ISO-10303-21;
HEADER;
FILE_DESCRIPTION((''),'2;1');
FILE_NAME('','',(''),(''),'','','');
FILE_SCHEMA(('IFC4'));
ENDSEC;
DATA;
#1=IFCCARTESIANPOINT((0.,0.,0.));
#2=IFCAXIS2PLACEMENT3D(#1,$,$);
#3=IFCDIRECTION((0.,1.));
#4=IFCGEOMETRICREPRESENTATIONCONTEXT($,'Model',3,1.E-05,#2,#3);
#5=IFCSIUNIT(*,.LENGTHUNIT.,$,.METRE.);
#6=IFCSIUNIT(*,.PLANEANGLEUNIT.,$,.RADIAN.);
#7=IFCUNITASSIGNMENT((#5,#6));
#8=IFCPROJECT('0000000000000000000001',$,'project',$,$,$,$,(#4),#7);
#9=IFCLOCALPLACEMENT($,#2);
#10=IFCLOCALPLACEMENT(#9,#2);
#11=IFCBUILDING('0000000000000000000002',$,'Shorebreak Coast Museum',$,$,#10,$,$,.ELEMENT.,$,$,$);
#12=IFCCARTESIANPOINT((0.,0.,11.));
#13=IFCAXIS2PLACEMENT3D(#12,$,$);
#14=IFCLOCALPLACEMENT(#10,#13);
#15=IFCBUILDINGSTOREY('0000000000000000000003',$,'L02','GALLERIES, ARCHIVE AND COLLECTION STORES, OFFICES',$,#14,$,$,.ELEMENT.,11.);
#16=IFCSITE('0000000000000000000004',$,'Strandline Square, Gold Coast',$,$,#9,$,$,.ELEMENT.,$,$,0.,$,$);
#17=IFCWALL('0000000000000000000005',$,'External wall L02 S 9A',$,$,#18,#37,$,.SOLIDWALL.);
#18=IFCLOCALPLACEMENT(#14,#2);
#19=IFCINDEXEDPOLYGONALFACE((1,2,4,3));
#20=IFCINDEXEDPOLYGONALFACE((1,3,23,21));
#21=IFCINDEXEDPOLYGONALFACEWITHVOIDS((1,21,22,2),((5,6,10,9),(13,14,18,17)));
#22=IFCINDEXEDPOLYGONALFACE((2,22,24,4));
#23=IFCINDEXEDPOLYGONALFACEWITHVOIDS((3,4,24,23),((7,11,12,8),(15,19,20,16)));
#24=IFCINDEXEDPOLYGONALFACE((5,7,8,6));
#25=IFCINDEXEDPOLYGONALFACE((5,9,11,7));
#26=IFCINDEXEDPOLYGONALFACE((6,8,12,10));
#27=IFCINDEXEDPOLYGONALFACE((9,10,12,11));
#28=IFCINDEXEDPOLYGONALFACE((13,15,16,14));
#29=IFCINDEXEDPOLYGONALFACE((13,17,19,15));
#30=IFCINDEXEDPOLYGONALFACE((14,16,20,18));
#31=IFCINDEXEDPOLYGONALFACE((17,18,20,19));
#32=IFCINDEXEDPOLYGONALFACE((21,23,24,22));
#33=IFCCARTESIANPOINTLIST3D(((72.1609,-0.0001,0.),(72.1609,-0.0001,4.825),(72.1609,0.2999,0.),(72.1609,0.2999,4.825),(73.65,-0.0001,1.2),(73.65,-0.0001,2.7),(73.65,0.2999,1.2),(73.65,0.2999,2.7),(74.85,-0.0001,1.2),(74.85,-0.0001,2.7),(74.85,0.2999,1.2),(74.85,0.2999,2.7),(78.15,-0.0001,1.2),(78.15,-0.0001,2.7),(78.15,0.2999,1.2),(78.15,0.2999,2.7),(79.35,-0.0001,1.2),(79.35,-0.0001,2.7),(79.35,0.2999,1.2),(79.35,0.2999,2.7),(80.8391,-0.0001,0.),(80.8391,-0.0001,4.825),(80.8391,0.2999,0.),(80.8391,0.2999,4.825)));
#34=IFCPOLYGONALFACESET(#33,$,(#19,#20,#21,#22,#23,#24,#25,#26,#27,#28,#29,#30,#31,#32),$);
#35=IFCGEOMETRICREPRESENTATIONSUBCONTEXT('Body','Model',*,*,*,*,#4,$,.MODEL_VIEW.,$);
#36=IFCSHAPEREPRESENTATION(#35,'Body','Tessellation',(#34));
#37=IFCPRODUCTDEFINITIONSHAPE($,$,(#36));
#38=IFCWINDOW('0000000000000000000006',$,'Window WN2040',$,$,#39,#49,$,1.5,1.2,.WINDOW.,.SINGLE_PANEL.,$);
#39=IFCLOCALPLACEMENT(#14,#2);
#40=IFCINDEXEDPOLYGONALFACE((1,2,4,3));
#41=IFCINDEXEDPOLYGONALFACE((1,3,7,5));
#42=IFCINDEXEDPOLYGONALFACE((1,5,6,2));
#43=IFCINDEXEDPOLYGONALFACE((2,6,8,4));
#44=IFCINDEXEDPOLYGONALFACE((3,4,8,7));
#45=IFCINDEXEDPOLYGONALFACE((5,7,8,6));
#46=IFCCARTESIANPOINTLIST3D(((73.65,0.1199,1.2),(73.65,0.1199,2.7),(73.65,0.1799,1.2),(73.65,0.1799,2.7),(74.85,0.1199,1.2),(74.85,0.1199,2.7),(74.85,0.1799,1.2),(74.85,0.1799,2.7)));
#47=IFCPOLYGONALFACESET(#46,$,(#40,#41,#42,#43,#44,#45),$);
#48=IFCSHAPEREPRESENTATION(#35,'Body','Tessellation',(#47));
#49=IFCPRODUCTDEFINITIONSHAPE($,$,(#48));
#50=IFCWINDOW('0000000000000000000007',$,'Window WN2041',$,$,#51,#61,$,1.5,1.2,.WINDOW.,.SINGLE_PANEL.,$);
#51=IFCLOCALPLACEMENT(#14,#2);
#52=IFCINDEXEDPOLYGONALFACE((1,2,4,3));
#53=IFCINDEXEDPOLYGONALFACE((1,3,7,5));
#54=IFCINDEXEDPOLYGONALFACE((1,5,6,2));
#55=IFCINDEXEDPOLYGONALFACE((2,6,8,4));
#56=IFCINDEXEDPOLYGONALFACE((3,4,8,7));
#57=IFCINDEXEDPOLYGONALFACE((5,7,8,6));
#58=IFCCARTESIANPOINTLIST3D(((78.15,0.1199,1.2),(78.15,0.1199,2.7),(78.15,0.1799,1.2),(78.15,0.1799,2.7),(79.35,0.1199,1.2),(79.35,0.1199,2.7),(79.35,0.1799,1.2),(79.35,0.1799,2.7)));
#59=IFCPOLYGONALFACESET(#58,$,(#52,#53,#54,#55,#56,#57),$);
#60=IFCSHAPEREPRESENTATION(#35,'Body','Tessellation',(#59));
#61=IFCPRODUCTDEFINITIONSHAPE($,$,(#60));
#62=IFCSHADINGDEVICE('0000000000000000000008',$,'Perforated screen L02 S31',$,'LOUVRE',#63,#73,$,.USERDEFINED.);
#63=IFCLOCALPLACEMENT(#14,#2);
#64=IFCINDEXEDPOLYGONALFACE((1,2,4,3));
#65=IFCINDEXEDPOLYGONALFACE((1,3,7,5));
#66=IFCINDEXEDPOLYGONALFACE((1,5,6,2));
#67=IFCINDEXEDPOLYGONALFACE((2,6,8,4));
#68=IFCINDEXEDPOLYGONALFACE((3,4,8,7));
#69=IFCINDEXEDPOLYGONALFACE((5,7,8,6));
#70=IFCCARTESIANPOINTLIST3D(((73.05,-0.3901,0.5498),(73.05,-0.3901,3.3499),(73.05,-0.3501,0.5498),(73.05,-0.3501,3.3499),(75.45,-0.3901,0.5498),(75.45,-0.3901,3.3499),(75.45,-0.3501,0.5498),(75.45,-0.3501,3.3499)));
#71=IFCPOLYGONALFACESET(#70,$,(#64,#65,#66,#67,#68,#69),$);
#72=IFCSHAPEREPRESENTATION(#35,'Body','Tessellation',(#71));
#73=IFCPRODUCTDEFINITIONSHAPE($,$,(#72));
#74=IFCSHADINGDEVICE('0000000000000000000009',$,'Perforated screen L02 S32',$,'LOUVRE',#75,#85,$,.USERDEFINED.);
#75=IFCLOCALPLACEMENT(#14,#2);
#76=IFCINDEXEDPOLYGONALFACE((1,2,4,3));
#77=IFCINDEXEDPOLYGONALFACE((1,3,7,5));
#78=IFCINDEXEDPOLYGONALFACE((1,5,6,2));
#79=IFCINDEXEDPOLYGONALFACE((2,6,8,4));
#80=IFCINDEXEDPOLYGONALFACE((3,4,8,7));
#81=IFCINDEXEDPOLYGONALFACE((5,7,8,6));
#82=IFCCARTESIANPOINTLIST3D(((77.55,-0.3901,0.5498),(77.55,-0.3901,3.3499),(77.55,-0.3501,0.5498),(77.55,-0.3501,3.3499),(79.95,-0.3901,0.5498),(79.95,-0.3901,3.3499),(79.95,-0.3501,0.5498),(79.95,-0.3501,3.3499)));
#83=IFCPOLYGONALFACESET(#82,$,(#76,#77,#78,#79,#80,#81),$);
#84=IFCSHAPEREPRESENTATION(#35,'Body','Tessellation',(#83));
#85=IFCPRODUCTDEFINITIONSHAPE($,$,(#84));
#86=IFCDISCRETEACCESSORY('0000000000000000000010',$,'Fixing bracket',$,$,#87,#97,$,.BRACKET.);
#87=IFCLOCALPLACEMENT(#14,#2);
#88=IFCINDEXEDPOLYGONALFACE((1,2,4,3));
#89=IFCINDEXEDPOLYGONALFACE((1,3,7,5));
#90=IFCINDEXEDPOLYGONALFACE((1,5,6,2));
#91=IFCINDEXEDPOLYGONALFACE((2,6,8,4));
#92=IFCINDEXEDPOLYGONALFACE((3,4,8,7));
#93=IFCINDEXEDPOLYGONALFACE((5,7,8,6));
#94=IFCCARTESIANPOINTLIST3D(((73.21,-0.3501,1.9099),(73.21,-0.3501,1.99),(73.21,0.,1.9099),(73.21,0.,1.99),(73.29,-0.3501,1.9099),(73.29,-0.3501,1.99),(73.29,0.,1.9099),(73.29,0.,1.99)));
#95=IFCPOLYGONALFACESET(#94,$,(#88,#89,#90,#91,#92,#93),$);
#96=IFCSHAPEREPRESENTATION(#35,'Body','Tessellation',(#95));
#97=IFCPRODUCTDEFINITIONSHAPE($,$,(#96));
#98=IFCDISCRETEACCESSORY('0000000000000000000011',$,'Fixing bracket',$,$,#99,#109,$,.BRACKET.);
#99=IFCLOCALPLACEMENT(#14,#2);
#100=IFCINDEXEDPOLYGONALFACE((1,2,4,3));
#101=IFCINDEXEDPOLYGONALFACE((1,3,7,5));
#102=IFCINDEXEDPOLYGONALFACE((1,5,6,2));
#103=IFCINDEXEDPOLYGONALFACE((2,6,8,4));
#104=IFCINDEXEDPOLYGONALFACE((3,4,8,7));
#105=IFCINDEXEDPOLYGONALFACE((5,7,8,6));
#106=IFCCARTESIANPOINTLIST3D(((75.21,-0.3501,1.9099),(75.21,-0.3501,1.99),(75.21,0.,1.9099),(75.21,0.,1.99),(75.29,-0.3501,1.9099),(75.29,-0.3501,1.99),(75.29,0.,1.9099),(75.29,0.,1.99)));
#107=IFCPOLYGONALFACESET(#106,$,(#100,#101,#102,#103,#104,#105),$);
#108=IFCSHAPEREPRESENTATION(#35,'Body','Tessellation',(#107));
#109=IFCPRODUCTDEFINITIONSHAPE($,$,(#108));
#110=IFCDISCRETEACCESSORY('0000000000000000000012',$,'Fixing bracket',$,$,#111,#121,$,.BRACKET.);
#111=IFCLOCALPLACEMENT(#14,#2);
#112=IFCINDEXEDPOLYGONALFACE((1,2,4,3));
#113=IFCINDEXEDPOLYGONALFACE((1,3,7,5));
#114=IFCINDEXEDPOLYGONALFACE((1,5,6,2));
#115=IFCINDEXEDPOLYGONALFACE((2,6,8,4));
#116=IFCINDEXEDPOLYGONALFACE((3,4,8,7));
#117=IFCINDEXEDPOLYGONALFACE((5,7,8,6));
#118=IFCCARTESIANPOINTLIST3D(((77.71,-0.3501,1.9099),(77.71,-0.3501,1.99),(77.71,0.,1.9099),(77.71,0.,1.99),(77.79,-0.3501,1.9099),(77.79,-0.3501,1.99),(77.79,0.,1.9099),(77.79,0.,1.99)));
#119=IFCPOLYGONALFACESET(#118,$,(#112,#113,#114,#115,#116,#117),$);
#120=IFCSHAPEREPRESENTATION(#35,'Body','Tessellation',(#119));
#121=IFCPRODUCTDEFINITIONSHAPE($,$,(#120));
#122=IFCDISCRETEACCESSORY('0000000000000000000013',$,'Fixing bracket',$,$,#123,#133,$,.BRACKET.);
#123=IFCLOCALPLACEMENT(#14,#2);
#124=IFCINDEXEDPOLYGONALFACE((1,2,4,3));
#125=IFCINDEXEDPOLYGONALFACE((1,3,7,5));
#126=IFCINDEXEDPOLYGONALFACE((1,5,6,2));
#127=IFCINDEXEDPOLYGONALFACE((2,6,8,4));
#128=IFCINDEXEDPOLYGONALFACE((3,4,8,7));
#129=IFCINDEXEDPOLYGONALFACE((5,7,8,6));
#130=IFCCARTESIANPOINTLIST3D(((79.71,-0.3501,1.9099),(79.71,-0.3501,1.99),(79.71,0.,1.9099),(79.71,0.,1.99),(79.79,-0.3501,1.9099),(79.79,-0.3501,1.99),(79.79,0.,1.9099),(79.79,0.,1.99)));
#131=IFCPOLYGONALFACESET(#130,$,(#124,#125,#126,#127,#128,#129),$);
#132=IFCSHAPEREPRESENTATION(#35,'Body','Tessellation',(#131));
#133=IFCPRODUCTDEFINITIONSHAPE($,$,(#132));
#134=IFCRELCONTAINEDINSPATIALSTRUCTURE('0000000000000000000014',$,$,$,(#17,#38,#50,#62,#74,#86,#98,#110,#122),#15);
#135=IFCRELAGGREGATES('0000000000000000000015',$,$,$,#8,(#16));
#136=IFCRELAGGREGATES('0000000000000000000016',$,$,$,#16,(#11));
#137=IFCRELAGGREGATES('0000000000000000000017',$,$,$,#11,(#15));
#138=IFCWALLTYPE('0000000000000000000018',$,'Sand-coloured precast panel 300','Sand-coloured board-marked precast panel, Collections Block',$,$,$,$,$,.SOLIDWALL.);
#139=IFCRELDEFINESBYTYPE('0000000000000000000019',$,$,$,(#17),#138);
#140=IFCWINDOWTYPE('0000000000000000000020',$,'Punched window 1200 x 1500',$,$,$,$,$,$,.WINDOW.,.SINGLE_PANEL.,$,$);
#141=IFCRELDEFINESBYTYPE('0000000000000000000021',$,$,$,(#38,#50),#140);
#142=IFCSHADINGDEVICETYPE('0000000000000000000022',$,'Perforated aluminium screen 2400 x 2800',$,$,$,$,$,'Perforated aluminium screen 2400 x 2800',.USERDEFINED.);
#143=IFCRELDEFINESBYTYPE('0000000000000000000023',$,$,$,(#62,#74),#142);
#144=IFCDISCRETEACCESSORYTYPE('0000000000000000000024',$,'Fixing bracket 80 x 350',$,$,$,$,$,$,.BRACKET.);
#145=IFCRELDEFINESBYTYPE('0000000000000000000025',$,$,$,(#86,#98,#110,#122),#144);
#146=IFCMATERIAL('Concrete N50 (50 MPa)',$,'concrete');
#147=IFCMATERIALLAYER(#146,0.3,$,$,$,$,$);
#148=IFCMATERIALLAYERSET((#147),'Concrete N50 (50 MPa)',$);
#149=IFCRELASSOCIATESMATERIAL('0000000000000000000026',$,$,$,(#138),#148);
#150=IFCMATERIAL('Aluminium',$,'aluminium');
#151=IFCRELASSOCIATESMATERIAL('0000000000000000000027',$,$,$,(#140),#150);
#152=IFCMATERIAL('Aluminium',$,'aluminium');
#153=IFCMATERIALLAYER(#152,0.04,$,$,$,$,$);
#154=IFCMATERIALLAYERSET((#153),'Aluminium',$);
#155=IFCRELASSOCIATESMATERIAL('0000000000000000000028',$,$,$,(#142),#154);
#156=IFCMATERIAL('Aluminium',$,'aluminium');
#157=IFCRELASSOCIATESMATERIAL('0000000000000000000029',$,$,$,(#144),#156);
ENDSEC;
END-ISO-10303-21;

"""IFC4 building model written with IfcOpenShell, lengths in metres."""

from ifc_helpers import new_model, si_unit, direction, frame, frame_2d, origin, origin_2d, place, context, subcontext, project, spatial, rectangle, extrude, material, layer, layer_set, type_object, element, fill, save


model = new_model("IFC4")

# Units and contexts
model_context = context("Model", 3, precision=1e-05, world=origin(), true_north=direction((0.0, 1.0)))
body_context = subcontext(model_context, "Body", "Model", "MODEL_VIEW")
ifc_project = project(units=[si_unit("LENGTHUNIT", "METRE"), si_unit("PLANEANGLEUNIT", "RADIAN")], contexts=[model_context])

# Site, building, storey
site_placement = place(None, origin())
site = spatial("IfcSite", under=ifc_project, at=site_placement, Name="Strandline Square, Gold Coast", CompositionType="ELEMENT", RefElevation=0.0)
building_placement = place(site_placement, origin())
building = spatial("IfcBuilding", under=site, at=building_placement, Name="Shorebreak Coast Museum", CompositionType="ELEMENT")
storey_placement = place(building_placement, frame((0.0, 0.0, 11.0)))
storey = spatial("IfcBuildingStorey", under=building, at=storey_placement, Name="L02", Description="GALLERIES, ARCHIVE AND COLLECTION STORES, OFFICES", CompositionType="ELEMENT", Elevation=11.0)

# Wall, openings, windows
ifc_material_1 = material(Name="Concrete N50 (50 MPa)", Category="concrete")
ifc_layer_1 = layer(ifc_material_1, 0.3)
ifc_layer_set_1 = layer_set([ifc_layer_1], Name="Concrete N50 (50 MPa)")
wall_type_1 = type_object("IfcWallType", Name="Sand-coloured precast panel 300", Description="Sand-coloured board-marked precast panel, Collections Block", PredefinedType="SOLIDWALL", material=ifc_layer_set_1)
wall_1_placement = place(storey_placement, frame((72.1609, 0.1499, 0.0), z_axis=(0.0, 0.0, 1.0), x_axis=(1.0, 0.0, 0.0)))
wall_1 = element("IfcWall", 1, at=wall_1_placement, inside=storey, type_object=wall_type_1, Name="External wall L02 S 9A", PredefinedType="SOLIDWALL", context=body_context, shape_type="SweptSolid", body=[
    extrude(rectangle(XDim=8.6782, YDim=0.3, at=frame_2d((4.3391, 0.0))), origin(), (0.0, 0.0, 1.0), 4.825),
])
opening_1_placement = place(wall_1_placement, frame((1.489, 0.0, 1.2)))
opening_1 = element("IfcOpeningElement", 2, at=opening_1_placement, cuts=wall_1, PredefinedType="OPENING", context=body_context, shape_type="SweptSolid", body=[
    extrude(rectangle(XDim=1.2, YDim=1.5, at=frame_2d((0.6001, 0.75))), frame((0.0, 0.1599, 0.0), z_axis=(0.0, -1.0, 0.0), x_axis=(1.0, 0.0, 0.0)), (0.0, 0.0, 1.0), 0.3201),
])
opening_2_placement = place(wall_1_placement, frame((5.989, 0.0, 1.2)))
opening_2 = element("IfcOpeningElement", 3, at=opening_2_placement, cuts=wall_1, PredefinedType="OPENING", context=body_context, shape_type="SweptSolid", body=[
    extrude(rectangle(XDim=1.2, YDim=1.5, at=frame_2d((0.6001, 0.75))), frame((0.0, 0.1599, 0.0), z_axis=(0.0, -1.0, 0.0), x_axis=(1.0, 0.0, 0.0)), (0.0, 0.0, 1.0), 0.3201),
])
ifc_material_2 = material(Name="Aluminium", Category="aluminium")
window_type = type_object("IfcWindowType", Name="Punched window 1200 x 1500", PartitioningType="SINGLE_PANEL", PredefinedType="WINDOW", material=ifc_material_2)
window_1_placement = place(opening_1_placement, origin())
window_1 = element("IfcWindow", 4, at=window_1_placement, inside=storey, type_object=window_type, Name="Window WN2040", OverallHeight=1.5, OverallWidth=1.2, PartitioningType="SINGLE_PANEL", PredefinedType="WINDOW", context=body_context, shape_type="SweptSolid", body=[
    extrude(rectangle(XDim=1.2, YDim=1.5, at=frame_2d((0.6001, 0.75))), frame((0.0, 0.03, 0.0), z_axis=(0.0, -1.0, 0.0), x_axis=(1.0, 0.0, 0.0)), (0.0, 0.0, 1.0), 0.0601),
])
fill(opening_1, window_1)
window_2_placement = place(opening_2_placement, origin())
window_2 = element("IfcWindow", 5, at=window_2_placement, inside=storey, type_object=window_type, Name="Window WN2041", OverallHeight=1.5, OverallWidth=1.2, PartitioningType="SINGLE_PANEL", PredefinedType="WINDOW", context=body_context, shape_type="SweptSolid", body=[
    extrude(rectangle(XDim=1.2, YDim=1.5, at=frame_2d((0.6001, 0.75))), frame((0.0, 0.03, 0.0), z_axis=(0.0, -1.0, 0.0), x_axis=(1.0, 0.0, 0.0)), (0.0, 0.0, 1.0), 0.0601),
])
fill(opening_2, window_2)

# Shading devices
ifc_material_3 = material(Name="Aluminium", Category="aluminium")
ifc_layer_2 = layer(ifc_material_3, 0.04)
ifc_layer_set_2 = layer_set([ifc_layer_2], Name="Aluminium")
shading_device_type = type_object("IfcShadingDeviceType", Name="Perforated aluminium screen 2400 x 2800", ElementType="Perforated aluminium screen 2400 x 2800", PredefinedType="USERDEFINED", material=ifc_layer_set_2)
for number, where, z_axis, x_axis, name in (
    (6, (74.25, -0.3701, 0.5498), (0.0, 0.0, 1.0), (1.0, 0.0, 0.0), "Perforated screen L02 S31"),
    (7, (78.75, -0.3701, 0.5498), (0.0, 0.0, 1.0), (1.0, 0.0, 0.0), "Perforated screen L02 S32"),
):
    element("IfcShadingDevice", number, at=place(storey_placement, frame(where, z_axis=z_axis, x_axis=x_axis)), inside=storey, type_object=shading_device_type, Name=name, ObjectType="LOUVRE", PredefinedType="USERDEFINED", context=body_context, shape_type="SweptSolid", body=[
        extrude(rectangle(XDim=2.3999, YDim=0.04, at=origin_2d()), origin(), (0.0, 0.0, 1.0), 2.8),
    ])

# Discrete accessories
ifc_material_4 = material(Name="Aluminium", Category="aluminium")
discrete_accessory_type = type_object("IfcDiscreteAccessoryType", Name="Fixing bracket 80 x 350", PredefinedType="BRACKET", material=ifc_material_4)
for number, where, z_axis, x_axis, name in (
    (8, (73.25, -0.175, 1.9099), (0.0, 0.0, 1.0), (1.0, 0.0, 0.0), "Fixing bracket"),
    (9, (75.25, -0.175, 1.9099), (0.0, 0.0, 1.0), (1.0, 0.0, 0.0), "Fixing bracket"),
    (10, (77.75, -0.175, 1.9099), (0.0, 0.0, 1.0), (1.0, 0.0, 0.0), "Fixing bracket"),
    (11, (79.75, -0.175, 1.9099), (0.0, 0.0, 1.0), (1.0, 0.0, 0.0), "Fixing bracket"),
):
    element("IfcDiscreteAccessory", number, at=place(storey_placement, frame(where, z_axis=z_axis, x_axis=x_axis)), inside=storey, type_object=discrete_accessory_type, Name=name, PredefinedType="BRACKET", context=body_context, shape_type="SweptSolid", body=[
        extrude(rectangle(XDim=0.0801, YDim=0.3501, at=origin_2d()), origin(), (0.0, 0.0, 1.0), 0.0801),
    ])

save(model, "model.ifc")
